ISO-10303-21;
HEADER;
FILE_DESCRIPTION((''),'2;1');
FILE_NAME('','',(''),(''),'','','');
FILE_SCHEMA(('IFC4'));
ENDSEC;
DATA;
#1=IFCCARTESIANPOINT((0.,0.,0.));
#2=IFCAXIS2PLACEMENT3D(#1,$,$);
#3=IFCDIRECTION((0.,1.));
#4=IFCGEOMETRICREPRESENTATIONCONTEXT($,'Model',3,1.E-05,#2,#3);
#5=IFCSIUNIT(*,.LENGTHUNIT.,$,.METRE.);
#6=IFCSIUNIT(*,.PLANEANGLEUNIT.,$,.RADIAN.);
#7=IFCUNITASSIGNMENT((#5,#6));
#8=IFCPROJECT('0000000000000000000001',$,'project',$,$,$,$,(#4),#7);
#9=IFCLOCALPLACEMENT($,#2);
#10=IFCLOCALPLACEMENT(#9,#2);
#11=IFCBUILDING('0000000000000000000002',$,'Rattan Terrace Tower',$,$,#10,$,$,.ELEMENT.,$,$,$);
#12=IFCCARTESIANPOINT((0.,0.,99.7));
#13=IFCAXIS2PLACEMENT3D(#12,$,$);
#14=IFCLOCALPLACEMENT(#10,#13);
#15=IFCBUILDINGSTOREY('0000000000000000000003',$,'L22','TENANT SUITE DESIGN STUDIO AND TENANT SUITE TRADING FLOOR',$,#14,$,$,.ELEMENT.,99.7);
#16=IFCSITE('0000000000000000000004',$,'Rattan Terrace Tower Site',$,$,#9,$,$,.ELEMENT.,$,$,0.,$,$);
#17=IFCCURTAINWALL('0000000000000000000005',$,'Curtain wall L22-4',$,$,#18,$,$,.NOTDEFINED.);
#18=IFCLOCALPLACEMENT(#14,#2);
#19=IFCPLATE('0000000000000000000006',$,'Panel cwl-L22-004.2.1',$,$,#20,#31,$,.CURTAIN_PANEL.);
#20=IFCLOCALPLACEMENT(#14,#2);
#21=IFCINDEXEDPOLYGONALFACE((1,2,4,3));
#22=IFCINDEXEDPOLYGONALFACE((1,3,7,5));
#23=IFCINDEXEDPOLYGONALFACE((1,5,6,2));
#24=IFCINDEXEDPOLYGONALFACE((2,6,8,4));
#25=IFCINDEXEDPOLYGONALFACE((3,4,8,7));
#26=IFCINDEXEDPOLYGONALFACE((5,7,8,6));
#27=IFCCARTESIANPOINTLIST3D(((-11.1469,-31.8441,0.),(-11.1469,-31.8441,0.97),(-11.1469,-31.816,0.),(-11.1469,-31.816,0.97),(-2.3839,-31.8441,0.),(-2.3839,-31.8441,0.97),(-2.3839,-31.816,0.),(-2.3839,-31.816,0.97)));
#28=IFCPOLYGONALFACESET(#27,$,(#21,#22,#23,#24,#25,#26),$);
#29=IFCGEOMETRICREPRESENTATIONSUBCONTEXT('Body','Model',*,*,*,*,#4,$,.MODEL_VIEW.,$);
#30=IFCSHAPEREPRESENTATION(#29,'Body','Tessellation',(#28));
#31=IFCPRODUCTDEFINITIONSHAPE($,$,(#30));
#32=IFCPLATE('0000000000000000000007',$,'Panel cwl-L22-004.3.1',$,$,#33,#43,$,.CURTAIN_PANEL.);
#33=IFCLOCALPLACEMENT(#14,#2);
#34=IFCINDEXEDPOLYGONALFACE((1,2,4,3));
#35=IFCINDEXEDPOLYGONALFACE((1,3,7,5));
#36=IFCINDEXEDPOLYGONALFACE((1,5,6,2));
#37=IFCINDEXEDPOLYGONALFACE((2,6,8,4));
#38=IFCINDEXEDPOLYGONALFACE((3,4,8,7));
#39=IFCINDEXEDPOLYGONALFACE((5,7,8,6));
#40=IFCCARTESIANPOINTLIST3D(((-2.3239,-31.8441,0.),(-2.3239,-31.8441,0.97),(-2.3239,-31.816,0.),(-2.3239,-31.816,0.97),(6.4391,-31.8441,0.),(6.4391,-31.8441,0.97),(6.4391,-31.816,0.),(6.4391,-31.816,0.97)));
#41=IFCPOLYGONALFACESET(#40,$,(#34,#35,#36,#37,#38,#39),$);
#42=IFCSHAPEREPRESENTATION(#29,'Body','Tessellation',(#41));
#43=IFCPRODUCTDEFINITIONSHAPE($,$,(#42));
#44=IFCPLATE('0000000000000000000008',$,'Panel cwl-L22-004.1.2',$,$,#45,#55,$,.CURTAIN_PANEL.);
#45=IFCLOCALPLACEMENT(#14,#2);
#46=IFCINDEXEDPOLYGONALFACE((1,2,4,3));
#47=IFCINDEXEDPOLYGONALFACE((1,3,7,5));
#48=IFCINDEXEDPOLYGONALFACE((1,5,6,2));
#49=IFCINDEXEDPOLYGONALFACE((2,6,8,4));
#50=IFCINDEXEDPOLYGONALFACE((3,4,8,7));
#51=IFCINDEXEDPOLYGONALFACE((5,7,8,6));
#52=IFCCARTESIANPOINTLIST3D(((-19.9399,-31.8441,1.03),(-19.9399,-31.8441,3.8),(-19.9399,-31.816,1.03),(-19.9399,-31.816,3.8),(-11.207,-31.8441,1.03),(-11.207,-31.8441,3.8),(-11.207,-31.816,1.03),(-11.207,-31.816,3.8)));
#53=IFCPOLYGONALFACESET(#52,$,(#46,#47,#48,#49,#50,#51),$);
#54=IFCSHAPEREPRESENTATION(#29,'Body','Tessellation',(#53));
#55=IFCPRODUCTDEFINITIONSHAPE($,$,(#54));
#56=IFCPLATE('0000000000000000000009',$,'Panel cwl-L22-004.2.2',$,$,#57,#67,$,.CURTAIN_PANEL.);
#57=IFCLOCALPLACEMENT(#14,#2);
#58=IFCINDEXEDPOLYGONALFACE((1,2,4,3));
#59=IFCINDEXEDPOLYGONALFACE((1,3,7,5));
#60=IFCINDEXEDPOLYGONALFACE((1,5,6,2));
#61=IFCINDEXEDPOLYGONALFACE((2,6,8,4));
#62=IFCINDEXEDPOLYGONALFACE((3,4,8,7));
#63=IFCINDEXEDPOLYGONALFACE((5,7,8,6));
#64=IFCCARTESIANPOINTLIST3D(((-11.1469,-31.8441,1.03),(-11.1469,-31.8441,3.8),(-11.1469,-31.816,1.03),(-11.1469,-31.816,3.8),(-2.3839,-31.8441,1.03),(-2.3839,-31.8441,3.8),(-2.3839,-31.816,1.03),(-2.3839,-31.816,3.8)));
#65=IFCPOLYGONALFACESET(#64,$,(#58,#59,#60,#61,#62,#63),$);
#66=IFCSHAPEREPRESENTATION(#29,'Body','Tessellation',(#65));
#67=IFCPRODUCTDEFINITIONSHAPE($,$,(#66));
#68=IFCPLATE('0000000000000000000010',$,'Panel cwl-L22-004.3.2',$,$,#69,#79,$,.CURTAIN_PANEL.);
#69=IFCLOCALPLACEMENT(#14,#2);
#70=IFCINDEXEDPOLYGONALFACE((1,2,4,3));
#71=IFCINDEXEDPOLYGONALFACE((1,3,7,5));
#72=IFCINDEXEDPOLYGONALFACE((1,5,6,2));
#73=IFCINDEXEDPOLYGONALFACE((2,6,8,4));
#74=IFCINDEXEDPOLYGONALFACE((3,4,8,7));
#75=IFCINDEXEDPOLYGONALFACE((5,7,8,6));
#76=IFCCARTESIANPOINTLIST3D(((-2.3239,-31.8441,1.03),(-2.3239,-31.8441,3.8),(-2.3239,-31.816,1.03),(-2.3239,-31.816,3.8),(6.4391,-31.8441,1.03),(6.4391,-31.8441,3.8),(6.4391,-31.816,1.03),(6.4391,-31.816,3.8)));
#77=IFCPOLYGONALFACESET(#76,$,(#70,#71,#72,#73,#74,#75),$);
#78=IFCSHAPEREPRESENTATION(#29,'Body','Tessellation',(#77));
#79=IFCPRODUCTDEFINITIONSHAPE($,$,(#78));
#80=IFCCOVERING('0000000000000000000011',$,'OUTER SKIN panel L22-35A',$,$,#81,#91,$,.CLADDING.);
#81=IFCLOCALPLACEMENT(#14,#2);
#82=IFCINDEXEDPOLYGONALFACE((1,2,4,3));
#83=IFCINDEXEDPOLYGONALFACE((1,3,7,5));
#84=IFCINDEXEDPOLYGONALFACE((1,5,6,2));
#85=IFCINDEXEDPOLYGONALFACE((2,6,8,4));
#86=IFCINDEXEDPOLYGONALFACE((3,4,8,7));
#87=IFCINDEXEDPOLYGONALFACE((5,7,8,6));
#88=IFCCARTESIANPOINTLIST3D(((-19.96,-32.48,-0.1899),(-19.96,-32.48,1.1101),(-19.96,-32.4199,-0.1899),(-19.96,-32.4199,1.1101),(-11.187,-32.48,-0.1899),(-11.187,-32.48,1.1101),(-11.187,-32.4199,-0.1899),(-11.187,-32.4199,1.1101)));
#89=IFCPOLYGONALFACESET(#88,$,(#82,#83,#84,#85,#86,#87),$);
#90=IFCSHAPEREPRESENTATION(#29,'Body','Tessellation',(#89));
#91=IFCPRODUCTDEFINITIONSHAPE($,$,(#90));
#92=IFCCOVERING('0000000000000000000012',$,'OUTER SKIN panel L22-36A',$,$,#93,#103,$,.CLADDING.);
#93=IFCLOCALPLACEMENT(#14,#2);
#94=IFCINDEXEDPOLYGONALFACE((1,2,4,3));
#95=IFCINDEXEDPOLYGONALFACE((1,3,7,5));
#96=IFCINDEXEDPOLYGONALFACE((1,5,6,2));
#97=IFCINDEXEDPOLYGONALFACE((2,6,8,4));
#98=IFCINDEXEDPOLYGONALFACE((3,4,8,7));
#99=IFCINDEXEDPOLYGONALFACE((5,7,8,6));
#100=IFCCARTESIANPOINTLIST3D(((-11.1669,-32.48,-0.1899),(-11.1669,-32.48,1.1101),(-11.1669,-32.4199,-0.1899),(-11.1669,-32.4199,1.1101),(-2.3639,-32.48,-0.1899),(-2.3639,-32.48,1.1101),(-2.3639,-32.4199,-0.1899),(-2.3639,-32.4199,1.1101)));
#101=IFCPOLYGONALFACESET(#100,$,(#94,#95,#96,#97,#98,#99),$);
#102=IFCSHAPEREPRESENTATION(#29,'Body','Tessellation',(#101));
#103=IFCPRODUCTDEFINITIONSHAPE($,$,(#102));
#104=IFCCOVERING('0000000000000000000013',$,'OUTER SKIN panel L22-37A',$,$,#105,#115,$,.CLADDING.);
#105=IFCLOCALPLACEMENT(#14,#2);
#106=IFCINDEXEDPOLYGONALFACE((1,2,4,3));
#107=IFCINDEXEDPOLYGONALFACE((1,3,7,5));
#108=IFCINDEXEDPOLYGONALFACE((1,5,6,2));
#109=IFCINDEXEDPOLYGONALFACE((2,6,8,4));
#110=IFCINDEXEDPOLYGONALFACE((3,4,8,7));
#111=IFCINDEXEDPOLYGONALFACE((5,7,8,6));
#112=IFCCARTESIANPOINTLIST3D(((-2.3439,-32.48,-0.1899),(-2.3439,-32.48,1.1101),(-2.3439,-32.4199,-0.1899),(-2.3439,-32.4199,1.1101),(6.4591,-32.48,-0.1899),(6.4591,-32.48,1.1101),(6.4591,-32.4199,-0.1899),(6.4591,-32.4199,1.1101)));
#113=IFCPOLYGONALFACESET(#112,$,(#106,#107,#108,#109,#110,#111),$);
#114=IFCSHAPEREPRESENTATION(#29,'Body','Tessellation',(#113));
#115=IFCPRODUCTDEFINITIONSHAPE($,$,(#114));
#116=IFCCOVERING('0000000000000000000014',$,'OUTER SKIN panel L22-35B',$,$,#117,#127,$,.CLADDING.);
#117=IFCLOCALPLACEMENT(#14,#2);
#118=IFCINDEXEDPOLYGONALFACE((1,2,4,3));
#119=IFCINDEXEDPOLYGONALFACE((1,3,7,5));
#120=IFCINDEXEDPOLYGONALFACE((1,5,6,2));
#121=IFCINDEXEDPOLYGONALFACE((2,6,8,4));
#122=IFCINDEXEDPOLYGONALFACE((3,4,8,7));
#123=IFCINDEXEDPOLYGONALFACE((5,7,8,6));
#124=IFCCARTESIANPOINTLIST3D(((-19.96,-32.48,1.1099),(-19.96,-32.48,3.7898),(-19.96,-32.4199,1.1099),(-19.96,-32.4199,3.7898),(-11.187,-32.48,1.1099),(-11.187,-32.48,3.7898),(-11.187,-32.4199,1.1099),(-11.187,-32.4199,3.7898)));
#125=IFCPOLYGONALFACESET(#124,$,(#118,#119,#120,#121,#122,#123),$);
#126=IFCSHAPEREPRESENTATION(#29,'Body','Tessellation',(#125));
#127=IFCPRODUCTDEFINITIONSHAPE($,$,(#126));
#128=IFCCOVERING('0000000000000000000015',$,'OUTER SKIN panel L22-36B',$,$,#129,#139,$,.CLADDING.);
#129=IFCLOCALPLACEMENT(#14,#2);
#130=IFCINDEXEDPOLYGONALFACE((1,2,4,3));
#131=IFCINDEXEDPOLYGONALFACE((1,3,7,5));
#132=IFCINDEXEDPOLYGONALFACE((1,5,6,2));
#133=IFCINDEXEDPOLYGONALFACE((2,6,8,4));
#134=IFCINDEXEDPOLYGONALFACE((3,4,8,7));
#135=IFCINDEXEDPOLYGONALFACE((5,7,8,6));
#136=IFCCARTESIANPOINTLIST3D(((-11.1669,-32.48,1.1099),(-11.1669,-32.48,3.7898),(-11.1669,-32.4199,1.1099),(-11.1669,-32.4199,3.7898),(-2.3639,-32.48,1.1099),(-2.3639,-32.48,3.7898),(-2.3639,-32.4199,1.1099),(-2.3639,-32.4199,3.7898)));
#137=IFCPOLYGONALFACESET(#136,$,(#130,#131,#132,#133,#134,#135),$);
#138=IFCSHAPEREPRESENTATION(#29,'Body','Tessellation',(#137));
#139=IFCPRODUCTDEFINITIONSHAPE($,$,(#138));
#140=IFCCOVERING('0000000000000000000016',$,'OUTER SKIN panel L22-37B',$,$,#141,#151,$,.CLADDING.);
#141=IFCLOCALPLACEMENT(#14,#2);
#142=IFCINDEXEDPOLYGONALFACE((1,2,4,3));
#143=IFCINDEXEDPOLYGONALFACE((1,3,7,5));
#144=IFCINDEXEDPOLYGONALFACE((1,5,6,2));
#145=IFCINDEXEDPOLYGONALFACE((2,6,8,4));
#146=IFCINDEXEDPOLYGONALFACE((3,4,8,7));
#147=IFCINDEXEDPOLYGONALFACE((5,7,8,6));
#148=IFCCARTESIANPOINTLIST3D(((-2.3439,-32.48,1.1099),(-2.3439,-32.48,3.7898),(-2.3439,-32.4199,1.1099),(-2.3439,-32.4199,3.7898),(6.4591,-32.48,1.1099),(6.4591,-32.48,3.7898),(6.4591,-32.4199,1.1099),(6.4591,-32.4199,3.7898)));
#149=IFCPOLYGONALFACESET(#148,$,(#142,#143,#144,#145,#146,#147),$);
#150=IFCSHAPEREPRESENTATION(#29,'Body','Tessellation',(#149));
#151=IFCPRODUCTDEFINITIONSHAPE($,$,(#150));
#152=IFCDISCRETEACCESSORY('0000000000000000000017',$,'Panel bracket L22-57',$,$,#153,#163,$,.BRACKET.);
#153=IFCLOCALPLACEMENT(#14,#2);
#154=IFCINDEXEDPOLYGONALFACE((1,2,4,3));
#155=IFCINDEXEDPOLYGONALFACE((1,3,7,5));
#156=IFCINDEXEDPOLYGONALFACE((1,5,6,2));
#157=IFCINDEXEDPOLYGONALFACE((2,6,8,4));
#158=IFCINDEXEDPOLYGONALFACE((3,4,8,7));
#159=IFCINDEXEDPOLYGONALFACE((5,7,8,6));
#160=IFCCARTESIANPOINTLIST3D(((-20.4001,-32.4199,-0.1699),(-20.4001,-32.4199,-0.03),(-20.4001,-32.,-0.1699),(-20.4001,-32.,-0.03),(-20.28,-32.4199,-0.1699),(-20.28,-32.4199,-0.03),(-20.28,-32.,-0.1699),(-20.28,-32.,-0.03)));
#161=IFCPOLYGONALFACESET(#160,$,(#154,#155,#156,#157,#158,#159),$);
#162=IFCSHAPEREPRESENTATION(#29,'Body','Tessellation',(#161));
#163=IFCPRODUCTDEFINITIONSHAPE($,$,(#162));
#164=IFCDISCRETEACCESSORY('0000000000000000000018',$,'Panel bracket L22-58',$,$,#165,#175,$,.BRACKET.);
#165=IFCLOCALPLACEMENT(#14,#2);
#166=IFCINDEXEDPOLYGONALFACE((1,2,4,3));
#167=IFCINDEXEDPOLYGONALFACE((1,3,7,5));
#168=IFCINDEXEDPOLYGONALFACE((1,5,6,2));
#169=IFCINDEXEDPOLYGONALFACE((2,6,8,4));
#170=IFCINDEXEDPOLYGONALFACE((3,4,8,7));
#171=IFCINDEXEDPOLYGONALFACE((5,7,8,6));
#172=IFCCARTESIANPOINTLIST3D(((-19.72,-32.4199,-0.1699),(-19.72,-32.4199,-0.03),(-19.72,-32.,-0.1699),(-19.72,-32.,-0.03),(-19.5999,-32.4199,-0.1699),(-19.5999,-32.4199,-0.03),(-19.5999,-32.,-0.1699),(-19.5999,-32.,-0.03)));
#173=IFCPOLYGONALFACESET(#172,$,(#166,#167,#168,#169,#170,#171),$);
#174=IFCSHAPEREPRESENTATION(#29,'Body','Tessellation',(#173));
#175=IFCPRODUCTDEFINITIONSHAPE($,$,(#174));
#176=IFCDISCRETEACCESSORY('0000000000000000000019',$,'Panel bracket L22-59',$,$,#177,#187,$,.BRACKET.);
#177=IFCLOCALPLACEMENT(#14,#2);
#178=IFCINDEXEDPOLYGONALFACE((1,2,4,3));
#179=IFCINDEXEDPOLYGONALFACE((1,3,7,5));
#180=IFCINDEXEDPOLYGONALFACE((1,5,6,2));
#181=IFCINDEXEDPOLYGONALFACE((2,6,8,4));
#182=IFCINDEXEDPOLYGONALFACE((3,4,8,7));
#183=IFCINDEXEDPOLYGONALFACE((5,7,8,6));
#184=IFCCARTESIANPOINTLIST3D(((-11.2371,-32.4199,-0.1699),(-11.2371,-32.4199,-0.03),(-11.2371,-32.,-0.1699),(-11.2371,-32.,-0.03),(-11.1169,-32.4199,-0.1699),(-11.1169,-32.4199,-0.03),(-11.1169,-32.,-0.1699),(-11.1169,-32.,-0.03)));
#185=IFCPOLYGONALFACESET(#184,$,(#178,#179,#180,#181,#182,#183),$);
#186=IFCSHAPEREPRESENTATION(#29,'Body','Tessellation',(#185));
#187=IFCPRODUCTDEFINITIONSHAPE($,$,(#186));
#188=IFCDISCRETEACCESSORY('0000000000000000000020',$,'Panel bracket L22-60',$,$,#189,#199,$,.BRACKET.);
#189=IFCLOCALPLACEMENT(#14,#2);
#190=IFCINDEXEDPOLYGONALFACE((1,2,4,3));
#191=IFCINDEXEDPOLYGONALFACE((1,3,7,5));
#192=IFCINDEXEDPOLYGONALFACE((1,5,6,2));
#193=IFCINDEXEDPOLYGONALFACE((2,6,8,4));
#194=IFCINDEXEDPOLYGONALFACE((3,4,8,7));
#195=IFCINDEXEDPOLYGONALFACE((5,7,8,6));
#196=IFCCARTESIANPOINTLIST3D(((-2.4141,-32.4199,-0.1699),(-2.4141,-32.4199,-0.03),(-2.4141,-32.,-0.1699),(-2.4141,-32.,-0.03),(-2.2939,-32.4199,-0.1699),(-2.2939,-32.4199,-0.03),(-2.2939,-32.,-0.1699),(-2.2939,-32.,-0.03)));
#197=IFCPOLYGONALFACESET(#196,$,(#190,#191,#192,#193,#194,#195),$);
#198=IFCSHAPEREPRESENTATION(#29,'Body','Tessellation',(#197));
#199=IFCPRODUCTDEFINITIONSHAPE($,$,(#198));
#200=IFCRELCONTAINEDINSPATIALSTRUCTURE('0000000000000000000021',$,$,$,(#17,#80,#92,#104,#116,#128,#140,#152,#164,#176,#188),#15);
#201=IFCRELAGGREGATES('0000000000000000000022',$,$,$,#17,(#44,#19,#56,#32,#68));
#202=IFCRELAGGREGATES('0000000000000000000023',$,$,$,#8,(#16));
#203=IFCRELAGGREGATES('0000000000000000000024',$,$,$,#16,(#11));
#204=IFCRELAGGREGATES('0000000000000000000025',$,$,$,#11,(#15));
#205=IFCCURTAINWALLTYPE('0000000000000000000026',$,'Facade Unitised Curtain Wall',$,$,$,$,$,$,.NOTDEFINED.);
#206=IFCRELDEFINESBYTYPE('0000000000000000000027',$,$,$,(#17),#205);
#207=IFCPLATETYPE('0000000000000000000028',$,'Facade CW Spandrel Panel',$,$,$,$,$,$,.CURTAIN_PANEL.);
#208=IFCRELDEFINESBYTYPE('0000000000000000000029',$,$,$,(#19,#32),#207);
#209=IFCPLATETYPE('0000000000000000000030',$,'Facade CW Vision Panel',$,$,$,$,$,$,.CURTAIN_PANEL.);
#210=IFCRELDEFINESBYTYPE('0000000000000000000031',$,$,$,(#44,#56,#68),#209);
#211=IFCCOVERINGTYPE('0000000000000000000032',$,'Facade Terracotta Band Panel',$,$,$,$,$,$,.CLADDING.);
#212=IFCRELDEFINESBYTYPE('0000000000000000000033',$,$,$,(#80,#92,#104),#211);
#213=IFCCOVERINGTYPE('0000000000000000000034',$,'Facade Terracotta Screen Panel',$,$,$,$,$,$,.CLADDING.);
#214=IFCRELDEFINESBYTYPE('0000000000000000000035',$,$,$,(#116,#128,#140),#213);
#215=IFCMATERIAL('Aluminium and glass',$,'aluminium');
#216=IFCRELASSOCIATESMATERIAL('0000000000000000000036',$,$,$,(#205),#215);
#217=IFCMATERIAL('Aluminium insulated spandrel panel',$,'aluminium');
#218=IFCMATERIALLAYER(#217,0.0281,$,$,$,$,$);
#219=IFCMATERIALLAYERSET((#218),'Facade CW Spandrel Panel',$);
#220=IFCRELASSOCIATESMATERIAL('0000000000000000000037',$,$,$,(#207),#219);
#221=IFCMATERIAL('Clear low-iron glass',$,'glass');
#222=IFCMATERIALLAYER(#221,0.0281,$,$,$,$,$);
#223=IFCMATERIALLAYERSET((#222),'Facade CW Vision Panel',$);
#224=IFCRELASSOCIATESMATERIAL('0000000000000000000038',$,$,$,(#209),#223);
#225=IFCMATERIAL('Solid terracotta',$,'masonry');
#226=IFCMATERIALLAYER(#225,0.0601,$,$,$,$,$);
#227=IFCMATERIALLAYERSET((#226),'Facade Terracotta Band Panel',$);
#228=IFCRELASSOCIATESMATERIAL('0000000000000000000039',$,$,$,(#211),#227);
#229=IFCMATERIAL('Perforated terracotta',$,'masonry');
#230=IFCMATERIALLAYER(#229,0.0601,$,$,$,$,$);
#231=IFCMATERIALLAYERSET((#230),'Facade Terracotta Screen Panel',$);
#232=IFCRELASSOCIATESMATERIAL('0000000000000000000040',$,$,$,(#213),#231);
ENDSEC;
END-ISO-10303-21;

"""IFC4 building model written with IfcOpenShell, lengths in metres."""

from ifc_helpers import new_model, si_unit, direction, frame, origin, origin_2d, place, context, subcontext, project, spatial, rectangle, extrude, material, layer, layer_set, type_object, element, aggregate, save


model = new_model("IFC4")

# Units and contexts
model_context = context("Model", 3, precision=1e-05, world=origin(), true_north=direction((0.0, 1.0)))
body_context = subcontext(model_context, "Body", "Model", "MODEL_VIEW")
ifc_project = project(units=[si_unit("LENGTHUNIT", "METRE"), si_unit("PLANEANGLEUNIT", "RADIAN")], contexts=[model_context])

# Site, building, storey
site_placement = place(None, origin())
site = spatial("IfcSite", under=ifc_project, at=site_placement, Name="Rattan Terrace Tower Site", CompositionType="ELEMENT", RefElevation=0.0)
building_placement = place(site_placement, origin())
building = spatial("IfcBuilding", under=site, at=building_placement, Name="Rattan Terrace Tower", CompositionType="ELEMENT")
storey_placement = place(building_placement, frame((0.0, 0.0, 99.7)))
storey = spatial("IfcBuildingStorey", under=building, at=storey_placement, Name="L22", Description="TENANT SUITE DESIGN STUDIO AND TENANT SUITE TRADING FLOOR", CompositionType="ELEMENT", Elevation=99.7)

# Curtain wall
ifc_material_1 = material(Name="Aluminium and glass", Category="aluminium")
curtain_wall_type = type_object("IfcCurtainWallType", Name="Facade Unitised Curtain Wall", PredefinedType="NOTDEFINED", material=ifc_material_1)
curtain_wall_placement = place(storey_placement, origin())
curtain_wall = element("IfcCurtainWall", 1, at=curtain_wall_placement, inside=storey, type_object=curtain_wall_type, Name="Curtain wall L22-4", PredefinedType="NOTDEFINED")

# Plates
ifc_material_2 = material(Name="Aluminium insulated spandrel panel", Category="aluminium")
ifc_layer_1 = layer(ifc_material_2, 0.0281)
ifc_layer_set_1 = layer_set([ifc_layer_1], Name="Facade CW Spandrel Panel")
plate_type_1 = type_object("IfcPlateType", Name="Facade CW Spandrel Panel", PredefinedType="CURTAIN_PANEL", material=ifc_layer_set_1)
plate_1_placement = place(storey_placement, frame((-6.7654, -31.8301, 0.0), z_axis=(0.0, 0.0, 1.0), x_axis=(1.0, 0.0, 0.0)))
plate_1 = element("IfcPlate", 2, at=plate_1_placement, type_object=plate_type_1, Name="Panel cwl-L22-004.2.1", PredefinedType="CURTAIN_PANEL", context=body_context, shape_type="SweptSolid", body=[
    extrude(rectangle(XDim=8.7629, YDim=0.0281, at=origin_2d()), origin(), (0.0, 0.0, 1.0), 0.97),
])
plate_2_placement = place(storey_placement, frame((2.0576, -31.8301, 0.0), z_axis=(0.0, 0.0, 1.0), x_axis=(1.0, 0.0, 0.0)))
plate_2 = element("IfcPlate", 3, at=plate_2_placement, type_object=plate_type_1, Name="Panel cwl-L22-004.3.1", PredefinedType="CURTAIN_PANEL", context=body_context, shape_type="SweptSolid", body=[
    extrude(rectangle(XDim=8.7629, YDim=0.0281, at=origin_2d()), origin(), (0.0, 0.0, 1.0), 0.97),
])
ifc_material_3 = material(Name="Clear low-iron glass", Category="glass")
ifc_layer_2 = layer(ifc_material_3, 0.0281)
ifc_layer_set_2 = layer_set([ifc_layer_2], Name="Facade CW Vision Panel")
plate_type_2 = type_object("IfcPlateType", Name="Facade CW Vision Panel", PredefinedType="CURTAIN_PANEL", material=ifc_layer_set_2)
plate_3_placement = place(storey_placement, frame((-15.5735, -31.8301, 1.03), z_axis=(0.0, 0.0, 1.0), x_axis=(1.0, 0.0, 0.0)))
plate_3 = element("IfcPlate", 4, at=plate_3_placement, type_object=plate_type_2, Name="Panel cwl-L22-004.1.2", PredefinedType="CURTAIN_PANEL", context=body_context, shape_type="SweptSolid", body=[
    extrude(rectangle(XDim=8.7329, YDim=0.0281, at=origin_2d()), origin(), (0.0, 0.0, 1.0), 2.77),
])
plate_4_placement = place(storey_placement, frame((-6.7654, -31.8301, 1.03), z_axis=(0.0, 0.0, 1.0), x_axis=(1.0, 0.0, 0.0)))
plate_4 = element("IfcPlate", 5, at=plate_4_placement, type_object=plate_type_2, Name="Panel cwl-L22-004.2.2", PredefinedType="CURTAIN_PANEL", context=body_context, shape_type="SweptSolid", body=[
    extrude(rectangle(XDim=8.7629, YDim=0.0281, at=origin_2d()), origin(), (0.0, 0.0, 1.0), 2.77),
])
plate_5_placement = place(storey_placement, frame((2.0576, -31.8301, 1.03), z_axis=(0.0, 0.0, 1.0), x_axis=(1.0, 0.0, 0.0)))
plate_5 = element("IfcPlate", 6, at=plate_5_placement, type_object=plate_type_2, Name="Panel cwl-L22-004.3.2", PredefinedType="CURTAIN_PANEL", context=body_context, shape_type="SweptSolid", body=[
    extrude(rectangle(XDim=8.7629, YDim=0.0281, at=origin_2d()), origin(), (0.0, 0.0, 1.0), 2.77),
])
aggregate(curtain_wall, [plate_3, plate_1, plate_4, plate_2, plate_5])

# Coverings
ifc_material_4 = material(Name="Solid terracotta", Category="masonry")
ifc_layer_3 = layer(ifc_material_4, 0.0601)
ifc_layer_set_3 = layer_set([ifc_layer_3], Name="Facade Terracotta Band Panel")
covering_type_1 = type_object("IfcCoveringType", Name="Facade Terracotta Band Panel", PredefinedType="CLADDING", material=ifc_layer_set_3)
covering_1_placement = place(storey_placement, frame((-15.5735, -32.45, -0.1899), z_axis=(0.0, 0.0, 1.0), x_axis=(1.0, 0.0, 0.0)))
element("IfcCovering", 7, at=covering_1_placement, inside=storey, type_object=covering_type_1, Name="OUTER SKIN panel L22-35A", PredefinedType="CLADDING", context=body_context, shape_type="SweptSolid", body=[
    extrude(rectangle(XDim=8.7729, YDim=0.0601, at=origin_2d()), origin(), (0.0, 0.0, 1.0), 1.3),
])
for number, where, z_axis, x_axis, name in (
    (8, (-6.7654, -32.45, -0.1899), (0.0, 0.0, 1.0), (1.0, 0.0, 0.0), "OUTER SKIN panel L22-36A"),
    (9, (2.0576, -32.45, -0.1899), (0.0, 0.0, 1.0), (1.0, 0.0, 0.0), "OUTER SKIN panel L22-37A"),
):
    element("IfcCovering", number, at=place(storey_placement, frame(where, z_axis=z_axis, x_axis=x_axis)), inside=storey, type_object=covering_type_1, Name=name, PredefinedType="CLADDING", context=body_context, shape_type="SweptSolid", body=[
        extrude(rectangle(XDim=8.803, YDim=0.0601, at=origin_2d()), origin(), (0.0, 0.0, 1.0), 1.3),
    ])
ifc_material_5 = material(Name="Perforated terracotta", Category="masonry")
ifc_layer_4 = layer(ifc_material_5, 0.0601)
ifc_layer_set_4 = layer_set([ifc_layer_4], Name="Facade Terracotta Screen Panel")
covering_type_2 = type_object("IfcCoveringType", Name="Facade Terracotta Screen Panel", PredefinedType="CLADDING", material=ifc_layer_set_4)
covering_2_placement = place(storey_placement, frame((-15.5735, -32.45, 1.1099), z_axis=(0.0, 0.0, 1.0), x_axis=(1.0, 0.0, 0.0)))
element("IfcCovering", 10, at=covering_2_placement, inside=storey, type_object=covering_type_2, Name="OUTER SKIN panel L22-35B", PredefinedType="CLADDING", context=body_context, shape_type="SweptSolid", body=[
    extrude(rectangle(XDim=8.7729, YDim=0.0601, at=origin_2d()), origin(), (0.0, 0.0, 1.0), 2.6799),
])
for number, where, z_axis, x_axis, name in (
    (11, (-6.7654, -32.45, 1.1099), (0.0, 0.0, 1.0), (1.0, 0.0, 0.0), "OUTER SKIN panel L22-36B"),
    (12, (2.0576, -32.45, 1.1099), (0.0, 0.0, 1.0), (1.0, 0.0, 0.0), "OUTER SKIN panel L22-37B"),
):
    element("IfcCovering", number, at=place(storey_placement, frame(where, z_axis=z_axis, x_axis=x_axis)), inside=storey, type_object=covering_type_2, Name=name, PredefinedType="CLADDING", context=body_context, shape_type="SweptSolid", body=[
        extrude(rectangle(XDim=8.803, YDim=0.0601, at=origin_2d()), origin(), (0.0, 0.0, 1.0), 2.6799),
    ])

# Discrete accessories
for number, where, z_axis, x_axis, name in (
    (13, (-20.3401, -32.21, -0.1699), (0.0, 0.0, 1.0), (1.0, 0.0, 0.0), "Panel bracket L22-57"),
    (14, (-19.6599, -32.21, -0.1699), (0.0, 0.0, 1.0), (1.0, 0.0, 0.0), "Panel bracket L22-58"),
    (15, (-11.177, -32.21, -0.1699), (0.0, 0.0, 1.0), (1.0, 0.0, 0.0), "Panel bracket L22-59"),
    (16, (-2.354, -32.21, -0.1699), (0.0, 0.0, 1.0), (1.0, 0.0, 0.0), "Panel bracket L22-60"),
):
    element("IfcDiscreteAccessory", number, at=place(storey_placement, frame(where, z_axis=z_axis, x_axis=x_axis)), inside=storey, Name=name, PredefinedType="BRACKET", context=body_context, shape_type="SweptSolid", body=[
        extrude(rectangle(XDim=0.1201, YDim=0.4199, at=origin_2d()), origin(), (0.0, 0.0, 1.0), 0.1399),
    ])

save(model, "model.ifc")
